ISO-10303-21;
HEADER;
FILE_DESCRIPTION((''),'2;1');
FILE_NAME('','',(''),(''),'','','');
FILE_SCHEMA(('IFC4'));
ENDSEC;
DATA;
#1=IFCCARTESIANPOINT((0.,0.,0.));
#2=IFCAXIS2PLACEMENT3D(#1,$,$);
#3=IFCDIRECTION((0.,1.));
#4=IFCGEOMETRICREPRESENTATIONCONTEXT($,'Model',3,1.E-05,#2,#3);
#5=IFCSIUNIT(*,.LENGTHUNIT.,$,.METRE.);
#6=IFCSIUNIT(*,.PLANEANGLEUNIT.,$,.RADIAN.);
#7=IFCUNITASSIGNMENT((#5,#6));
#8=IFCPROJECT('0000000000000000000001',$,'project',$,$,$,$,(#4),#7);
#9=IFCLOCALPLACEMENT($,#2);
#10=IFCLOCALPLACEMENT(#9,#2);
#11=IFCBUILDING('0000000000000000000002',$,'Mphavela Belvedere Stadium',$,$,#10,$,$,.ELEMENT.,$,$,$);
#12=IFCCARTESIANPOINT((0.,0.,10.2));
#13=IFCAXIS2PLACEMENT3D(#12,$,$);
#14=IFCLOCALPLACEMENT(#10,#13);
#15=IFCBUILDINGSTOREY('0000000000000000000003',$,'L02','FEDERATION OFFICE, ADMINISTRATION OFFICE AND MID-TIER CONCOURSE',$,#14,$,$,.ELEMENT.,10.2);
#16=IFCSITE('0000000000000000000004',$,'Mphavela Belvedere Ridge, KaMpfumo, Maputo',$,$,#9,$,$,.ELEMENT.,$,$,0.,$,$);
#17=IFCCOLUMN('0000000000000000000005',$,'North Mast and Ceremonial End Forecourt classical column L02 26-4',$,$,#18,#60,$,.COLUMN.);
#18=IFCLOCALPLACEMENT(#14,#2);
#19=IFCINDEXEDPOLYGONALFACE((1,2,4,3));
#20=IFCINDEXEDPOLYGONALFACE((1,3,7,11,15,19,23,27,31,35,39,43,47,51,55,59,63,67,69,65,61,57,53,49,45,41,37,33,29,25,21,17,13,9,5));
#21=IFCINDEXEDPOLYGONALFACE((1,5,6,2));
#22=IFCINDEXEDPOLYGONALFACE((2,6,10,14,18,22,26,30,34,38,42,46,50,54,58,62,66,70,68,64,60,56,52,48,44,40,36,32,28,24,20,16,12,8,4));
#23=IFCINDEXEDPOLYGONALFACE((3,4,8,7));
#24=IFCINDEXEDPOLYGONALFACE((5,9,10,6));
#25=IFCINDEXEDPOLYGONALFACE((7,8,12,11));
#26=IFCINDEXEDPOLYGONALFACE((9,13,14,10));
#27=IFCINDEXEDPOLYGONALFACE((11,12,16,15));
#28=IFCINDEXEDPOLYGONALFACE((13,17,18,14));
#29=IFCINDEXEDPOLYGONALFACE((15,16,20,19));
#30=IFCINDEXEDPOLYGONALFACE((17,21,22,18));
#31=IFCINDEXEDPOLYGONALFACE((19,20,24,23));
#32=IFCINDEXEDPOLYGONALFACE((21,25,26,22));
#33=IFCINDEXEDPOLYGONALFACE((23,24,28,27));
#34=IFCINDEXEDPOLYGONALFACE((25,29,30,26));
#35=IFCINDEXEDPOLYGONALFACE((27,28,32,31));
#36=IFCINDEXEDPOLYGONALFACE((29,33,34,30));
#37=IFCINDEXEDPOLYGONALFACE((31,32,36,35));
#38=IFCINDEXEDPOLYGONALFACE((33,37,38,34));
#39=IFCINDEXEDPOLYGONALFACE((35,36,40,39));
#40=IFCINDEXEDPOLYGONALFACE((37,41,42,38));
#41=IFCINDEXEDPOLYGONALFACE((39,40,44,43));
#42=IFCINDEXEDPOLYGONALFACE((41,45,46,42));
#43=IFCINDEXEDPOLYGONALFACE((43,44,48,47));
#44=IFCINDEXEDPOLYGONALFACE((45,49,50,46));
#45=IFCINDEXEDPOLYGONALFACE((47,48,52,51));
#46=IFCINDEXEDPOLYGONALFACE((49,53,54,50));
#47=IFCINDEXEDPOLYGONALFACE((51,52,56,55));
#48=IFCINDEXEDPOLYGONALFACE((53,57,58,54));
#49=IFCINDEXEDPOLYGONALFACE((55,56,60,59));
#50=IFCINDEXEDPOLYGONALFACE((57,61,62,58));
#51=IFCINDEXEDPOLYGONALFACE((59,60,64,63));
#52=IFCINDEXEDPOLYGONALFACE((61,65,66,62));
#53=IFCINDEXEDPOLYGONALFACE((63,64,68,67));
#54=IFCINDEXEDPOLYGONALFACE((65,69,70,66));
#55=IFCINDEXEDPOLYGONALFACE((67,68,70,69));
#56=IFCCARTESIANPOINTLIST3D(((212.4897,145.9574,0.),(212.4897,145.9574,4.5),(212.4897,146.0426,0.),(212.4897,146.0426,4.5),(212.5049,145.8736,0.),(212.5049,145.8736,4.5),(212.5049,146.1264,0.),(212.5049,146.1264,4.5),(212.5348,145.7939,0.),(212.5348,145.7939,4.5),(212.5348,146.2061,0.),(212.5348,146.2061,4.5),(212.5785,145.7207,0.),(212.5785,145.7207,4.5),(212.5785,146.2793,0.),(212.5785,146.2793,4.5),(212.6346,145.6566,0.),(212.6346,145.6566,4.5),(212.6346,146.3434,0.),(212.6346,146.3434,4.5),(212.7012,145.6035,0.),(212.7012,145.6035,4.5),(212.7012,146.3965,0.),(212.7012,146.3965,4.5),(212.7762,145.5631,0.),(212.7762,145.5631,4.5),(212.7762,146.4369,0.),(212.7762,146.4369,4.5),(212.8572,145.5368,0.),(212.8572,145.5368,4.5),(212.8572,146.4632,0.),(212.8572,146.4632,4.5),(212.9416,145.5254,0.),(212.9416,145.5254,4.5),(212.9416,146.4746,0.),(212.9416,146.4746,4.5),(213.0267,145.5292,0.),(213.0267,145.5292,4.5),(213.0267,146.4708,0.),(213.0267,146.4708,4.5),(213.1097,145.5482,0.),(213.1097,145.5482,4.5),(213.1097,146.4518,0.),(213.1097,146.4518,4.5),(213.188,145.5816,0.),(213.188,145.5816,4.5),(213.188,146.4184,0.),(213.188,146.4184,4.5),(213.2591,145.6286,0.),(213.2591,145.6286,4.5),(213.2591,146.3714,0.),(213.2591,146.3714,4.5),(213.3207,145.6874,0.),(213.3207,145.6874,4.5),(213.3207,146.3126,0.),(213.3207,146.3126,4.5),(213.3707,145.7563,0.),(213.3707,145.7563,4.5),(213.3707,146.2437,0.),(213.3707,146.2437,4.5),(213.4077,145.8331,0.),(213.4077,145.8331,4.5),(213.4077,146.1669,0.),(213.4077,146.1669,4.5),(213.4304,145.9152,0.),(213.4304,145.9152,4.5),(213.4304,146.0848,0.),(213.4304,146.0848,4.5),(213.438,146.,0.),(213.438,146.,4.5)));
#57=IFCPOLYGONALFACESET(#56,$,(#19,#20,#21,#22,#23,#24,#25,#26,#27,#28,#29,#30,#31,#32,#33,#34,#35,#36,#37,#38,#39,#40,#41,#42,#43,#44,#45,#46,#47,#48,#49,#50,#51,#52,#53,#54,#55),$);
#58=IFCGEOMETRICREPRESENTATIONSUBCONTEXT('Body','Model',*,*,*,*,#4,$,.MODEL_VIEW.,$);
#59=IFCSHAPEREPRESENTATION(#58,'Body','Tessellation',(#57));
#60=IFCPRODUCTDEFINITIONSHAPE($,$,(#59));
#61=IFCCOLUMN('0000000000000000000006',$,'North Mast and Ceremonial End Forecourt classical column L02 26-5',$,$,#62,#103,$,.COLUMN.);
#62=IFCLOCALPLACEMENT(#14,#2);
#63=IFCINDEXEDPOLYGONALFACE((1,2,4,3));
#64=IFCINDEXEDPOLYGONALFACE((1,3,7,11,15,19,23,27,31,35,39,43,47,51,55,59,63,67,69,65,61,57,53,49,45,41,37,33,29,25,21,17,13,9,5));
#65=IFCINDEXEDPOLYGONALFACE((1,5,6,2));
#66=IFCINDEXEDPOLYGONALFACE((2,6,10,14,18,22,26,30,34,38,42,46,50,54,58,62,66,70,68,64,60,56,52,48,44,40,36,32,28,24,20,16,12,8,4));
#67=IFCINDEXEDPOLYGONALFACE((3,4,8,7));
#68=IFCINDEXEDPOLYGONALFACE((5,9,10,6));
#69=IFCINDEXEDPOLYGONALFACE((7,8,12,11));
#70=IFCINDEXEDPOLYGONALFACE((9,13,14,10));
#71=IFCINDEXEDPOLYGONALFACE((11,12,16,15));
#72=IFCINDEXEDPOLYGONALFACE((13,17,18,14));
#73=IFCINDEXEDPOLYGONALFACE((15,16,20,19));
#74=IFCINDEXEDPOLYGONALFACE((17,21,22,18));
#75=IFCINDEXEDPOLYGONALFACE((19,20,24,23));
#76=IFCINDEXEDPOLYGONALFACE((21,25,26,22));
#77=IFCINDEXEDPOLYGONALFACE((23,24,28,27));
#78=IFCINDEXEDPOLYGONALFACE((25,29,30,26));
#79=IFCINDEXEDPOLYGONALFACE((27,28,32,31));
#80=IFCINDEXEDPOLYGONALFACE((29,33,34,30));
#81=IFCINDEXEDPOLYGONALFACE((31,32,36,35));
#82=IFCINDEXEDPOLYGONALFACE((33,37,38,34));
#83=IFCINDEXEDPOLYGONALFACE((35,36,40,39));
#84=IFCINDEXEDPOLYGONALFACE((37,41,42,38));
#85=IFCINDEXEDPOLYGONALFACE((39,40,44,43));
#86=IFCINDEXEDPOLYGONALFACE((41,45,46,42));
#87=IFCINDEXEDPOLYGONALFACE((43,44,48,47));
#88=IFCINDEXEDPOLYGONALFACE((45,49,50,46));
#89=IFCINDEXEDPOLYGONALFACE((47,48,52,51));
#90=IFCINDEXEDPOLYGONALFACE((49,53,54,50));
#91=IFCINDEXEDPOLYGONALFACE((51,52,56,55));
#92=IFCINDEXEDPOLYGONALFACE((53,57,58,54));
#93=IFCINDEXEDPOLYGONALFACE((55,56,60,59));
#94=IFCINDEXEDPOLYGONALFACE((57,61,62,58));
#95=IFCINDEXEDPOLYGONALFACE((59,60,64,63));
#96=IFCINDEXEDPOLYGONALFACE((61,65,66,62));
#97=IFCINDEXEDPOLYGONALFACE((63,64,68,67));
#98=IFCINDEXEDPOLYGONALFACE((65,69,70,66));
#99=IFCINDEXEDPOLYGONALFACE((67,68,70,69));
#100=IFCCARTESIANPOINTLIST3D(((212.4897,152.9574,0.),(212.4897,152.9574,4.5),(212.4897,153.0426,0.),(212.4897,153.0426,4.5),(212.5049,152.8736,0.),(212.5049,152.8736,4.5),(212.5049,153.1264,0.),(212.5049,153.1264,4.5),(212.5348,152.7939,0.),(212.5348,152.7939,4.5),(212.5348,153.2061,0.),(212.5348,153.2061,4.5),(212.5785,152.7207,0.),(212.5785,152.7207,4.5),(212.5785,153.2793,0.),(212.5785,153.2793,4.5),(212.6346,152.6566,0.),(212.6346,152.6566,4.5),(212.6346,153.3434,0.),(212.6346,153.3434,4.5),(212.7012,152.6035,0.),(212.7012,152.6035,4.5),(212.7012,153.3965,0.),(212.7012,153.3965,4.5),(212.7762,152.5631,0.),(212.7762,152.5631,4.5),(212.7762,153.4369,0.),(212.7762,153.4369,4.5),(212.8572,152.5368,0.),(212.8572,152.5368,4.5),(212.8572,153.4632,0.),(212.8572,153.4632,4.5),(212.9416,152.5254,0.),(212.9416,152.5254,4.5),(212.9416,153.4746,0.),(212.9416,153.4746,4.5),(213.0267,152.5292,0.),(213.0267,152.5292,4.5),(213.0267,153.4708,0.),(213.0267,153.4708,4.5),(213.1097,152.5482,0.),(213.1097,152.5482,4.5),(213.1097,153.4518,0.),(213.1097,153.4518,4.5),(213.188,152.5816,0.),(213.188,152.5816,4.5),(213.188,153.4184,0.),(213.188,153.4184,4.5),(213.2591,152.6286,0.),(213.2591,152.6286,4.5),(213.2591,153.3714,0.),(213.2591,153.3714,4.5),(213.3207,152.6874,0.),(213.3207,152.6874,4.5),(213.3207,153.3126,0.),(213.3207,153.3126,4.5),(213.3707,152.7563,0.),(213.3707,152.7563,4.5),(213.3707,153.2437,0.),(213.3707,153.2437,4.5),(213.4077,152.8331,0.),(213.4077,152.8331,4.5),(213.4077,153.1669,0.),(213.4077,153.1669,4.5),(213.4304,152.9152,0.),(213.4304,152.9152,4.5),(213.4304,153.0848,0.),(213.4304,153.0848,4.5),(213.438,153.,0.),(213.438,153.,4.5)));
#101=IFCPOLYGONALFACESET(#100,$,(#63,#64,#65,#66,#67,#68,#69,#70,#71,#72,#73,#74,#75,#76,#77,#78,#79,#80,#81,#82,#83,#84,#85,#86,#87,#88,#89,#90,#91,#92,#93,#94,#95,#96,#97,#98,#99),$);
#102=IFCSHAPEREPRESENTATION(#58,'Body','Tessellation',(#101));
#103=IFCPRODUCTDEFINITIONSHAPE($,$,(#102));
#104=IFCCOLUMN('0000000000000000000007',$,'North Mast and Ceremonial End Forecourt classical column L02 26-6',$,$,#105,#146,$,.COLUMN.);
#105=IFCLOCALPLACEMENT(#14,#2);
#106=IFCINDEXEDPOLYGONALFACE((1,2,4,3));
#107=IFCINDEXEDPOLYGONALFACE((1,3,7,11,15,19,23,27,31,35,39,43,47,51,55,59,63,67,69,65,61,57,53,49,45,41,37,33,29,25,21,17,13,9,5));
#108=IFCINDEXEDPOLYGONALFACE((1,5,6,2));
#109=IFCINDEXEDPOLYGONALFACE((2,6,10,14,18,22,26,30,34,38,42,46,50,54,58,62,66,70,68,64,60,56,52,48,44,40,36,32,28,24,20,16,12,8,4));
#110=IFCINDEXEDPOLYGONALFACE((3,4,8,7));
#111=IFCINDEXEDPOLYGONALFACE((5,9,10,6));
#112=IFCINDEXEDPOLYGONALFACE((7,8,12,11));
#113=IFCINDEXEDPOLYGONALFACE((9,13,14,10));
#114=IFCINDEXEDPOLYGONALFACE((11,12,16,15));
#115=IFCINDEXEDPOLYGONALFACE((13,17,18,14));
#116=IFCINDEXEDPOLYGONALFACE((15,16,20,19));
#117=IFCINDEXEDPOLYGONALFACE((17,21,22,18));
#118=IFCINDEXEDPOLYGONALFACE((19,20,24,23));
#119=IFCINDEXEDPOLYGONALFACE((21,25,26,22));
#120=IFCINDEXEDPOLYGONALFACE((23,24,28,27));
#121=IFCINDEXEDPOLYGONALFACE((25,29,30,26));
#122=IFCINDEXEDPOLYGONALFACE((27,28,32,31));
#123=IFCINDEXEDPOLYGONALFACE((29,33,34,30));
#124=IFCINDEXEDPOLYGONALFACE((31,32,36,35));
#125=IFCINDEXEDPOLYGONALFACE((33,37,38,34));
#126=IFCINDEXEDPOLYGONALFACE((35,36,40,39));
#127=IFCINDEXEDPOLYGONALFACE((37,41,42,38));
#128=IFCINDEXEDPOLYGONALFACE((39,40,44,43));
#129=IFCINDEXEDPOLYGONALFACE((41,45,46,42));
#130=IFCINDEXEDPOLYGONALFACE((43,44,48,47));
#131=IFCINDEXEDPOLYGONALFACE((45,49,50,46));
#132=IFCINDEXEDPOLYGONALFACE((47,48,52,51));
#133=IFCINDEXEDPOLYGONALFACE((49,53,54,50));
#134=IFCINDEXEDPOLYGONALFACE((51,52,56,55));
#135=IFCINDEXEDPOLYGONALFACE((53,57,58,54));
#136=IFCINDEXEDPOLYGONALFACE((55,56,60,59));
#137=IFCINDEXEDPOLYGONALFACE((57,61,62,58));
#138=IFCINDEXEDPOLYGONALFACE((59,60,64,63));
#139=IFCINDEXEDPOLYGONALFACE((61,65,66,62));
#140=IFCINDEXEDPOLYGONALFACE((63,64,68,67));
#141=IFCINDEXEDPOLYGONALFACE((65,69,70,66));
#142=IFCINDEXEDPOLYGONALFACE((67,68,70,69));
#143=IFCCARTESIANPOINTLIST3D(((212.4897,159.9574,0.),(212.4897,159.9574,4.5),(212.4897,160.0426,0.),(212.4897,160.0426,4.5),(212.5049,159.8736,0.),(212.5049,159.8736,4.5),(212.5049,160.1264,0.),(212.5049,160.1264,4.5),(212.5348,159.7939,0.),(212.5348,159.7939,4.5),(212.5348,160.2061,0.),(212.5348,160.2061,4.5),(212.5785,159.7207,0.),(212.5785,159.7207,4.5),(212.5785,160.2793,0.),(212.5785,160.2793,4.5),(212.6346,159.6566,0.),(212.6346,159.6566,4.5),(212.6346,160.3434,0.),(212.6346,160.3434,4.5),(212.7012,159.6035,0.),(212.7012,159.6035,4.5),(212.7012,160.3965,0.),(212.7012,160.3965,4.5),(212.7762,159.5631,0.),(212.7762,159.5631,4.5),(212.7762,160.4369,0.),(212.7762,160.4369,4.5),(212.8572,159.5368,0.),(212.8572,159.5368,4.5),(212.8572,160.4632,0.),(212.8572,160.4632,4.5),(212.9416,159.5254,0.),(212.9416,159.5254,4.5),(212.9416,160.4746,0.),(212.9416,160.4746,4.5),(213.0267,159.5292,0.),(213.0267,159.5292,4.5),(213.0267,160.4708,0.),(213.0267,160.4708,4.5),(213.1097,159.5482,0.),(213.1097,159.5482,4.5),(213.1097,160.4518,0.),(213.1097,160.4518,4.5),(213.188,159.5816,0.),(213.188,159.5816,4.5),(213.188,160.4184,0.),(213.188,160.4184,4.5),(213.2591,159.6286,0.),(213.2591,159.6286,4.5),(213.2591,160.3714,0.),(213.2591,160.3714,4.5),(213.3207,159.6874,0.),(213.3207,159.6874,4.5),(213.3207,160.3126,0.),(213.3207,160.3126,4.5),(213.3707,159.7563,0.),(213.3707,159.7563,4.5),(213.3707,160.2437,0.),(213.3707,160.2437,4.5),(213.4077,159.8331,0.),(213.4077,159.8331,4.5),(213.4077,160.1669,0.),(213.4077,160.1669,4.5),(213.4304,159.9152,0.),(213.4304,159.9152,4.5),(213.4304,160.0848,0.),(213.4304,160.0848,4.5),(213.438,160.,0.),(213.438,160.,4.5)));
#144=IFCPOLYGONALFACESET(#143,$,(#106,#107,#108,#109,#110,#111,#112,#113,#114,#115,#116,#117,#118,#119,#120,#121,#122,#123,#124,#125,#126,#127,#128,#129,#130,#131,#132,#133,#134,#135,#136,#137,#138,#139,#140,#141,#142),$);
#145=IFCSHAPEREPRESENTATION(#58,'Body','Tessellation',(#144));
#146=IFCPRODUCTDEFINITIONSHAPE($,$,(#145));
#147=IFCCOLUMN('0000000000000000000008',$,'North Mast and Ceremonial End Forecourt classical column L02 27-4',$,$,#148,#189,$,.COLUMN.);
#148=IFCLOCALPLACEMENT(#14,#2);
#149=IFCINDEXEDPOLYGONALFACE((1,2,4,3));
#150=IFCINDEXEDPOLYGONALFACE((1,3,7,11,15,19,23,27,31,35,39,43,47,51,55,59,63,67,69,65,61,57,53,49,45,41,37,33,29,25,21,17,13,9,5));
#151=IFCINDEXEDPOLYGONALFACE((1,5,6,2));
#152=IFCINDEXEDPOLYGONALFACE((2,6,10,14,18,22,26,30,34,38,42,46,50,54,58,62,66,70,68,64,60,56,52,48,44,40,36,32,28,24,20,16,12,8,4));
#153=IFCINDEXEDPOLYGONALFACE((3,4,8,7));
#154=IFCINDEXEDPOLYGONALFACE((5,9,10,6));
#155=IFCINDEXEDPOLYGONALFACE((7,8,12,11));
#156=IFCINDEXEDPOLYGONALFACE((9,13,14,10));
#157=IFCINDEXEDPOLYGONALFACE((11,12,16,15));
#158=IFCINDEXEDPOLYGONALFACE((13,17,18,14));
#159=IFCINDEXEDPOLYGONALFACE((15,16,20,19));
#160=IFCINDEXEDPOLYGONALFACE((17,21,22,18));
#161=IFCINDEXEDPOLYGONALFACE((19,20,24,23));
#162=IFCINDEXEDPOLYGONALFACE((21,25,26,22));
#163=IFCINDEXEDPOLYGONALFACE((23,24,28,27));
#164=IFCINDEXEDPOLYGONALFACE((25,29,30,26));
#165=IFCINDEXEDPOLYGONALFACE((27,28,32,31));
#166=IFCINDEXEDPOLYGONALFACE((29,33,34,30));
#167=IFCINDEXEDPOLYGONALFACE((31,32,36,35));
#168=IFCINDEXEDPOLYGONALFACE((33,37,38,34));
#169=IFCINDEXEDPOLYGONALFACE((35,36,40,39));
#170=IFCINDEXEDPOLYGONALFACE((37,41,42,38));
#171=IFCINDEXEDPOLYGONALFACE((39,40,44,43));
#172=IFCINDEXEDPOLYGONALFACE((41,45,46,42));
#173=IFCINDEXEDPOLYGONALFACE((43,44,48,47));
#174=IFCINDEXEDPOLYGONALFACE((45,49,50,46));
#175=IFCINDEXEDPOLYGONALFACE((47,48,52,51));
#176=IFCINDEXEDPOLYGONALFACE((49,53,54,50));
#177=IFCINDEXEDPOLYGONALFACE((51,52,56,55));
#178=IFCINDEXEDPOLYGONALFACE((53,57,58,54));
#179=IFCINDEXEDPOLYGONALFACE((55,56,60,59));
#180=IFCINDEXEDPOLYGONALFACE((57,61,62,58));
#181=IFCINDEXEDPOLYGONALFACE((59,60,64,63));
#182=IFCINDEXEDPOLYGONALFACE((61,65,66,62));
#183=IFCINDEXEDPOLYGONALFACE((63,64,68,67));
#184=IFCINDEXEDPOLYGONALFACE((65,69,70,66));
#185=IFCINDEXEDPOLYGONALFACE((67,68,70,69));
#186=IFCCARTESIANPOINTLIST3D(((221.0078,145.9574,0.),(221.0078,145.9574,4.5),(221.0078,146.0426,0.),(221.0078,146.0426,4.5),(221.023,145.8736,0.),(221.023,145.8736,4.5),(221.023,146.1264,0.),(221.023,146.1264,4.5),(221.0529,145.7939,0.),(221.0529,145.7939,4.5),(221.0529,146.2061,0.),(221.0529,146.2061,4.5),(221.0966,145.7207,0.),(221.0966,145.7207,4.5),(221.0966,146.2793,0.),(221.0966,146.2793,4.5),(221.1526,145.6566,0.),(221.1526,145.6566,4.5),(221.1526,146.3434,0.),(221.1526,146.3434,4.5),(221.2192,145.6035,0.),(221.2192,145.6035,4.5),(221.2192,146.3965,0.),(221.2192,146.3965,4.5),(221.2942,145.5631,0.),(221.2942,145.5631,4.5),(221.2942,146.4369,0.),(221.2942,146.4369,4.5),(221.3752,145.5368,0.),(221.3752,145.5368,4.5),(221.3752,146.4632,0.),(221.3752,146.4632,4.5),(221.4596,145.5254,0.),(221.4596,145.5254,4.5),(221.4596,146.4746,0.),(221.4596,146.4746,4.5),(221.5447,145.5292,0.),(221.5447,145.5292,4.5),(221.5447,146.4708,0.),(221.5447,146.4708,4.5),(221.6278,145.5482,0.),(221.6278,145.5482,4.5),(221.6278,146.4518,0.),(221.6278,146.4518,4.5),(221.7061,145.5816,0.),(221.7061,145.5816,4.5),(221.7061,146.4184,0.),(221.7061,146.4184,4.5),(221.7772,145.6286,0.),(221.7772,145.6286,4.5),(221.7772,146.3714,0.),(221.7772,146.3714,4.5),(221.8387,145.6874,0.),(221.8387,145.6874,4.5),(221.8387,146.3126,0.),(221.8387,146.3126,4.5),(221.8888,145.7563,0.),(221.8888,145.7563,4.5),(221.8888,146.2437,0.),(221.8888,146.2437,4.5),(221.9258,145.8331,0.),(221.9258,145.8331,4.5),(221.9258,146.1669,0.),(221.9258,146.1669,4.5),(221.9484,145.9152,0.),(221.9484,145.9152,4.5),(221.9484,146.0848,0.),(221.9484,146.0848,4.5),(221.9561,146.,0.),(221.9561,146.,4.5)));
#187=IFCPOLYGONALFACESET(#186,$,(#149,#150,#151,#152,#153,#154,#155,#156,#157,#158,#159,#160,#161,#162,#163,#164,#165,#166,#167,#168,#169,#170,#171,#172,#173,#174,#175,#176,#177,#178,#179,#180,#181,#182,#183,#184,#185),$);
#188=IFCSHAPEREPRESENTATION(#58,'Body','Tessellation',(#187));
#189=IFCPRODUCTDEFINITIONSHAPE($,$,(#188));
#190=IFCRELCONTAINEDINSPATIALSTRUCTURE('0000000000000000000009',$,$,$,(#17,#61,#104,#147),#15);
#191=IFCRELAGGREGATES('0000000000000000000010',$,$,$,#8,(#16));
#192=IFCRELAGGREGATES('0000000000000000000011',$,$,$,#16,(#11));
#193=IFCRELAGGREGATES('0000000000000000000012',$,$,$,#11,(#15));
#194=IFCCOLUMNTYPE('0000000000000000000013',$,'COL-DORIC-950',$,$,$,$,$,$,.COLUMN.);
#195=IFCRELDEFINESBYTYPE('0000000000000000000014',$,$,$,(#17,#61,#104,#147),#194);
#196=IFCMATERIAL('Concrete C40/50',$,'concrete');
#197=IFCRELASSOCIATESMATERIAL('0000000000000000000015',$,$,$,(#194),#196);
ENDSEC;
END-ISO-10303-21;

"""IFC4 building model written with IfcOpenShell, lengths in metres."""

from ifc_helpers import new_model, si_unit, direction, frame, origin, origin_2d, place, context, subcontext, project, spatial, circle, extrude, material, material_profile, profile_set, type_object, element, save


model = new_model("IFC4")

# Units and contexts
model_context = context("Model", 3, precision=1e-05, world=origin(), true_north=direction((0.0, 1.0)))
body_context = subcontext(model_context, "Body", "Model", "MODEL_VIEW")
ifc_project = project(units=[si_unit("LENGTHUNIT", "METRE"), si_unit("PLANEANGLEUNIT", "RADIAN")], contexts=[model_context])

# Site, building, storey
site_placement = place(None, origin())
site = spatial("IfcSite", under=ifc_project, at=site_placement, Name="Mphavela Belvedere Ridge, KaMpfumo, Maputo", CompositionType="ELEMENT", RefElevation=0.0)
building_placement = place(site_placement, origin())
building = spatial("IfcBuilding", under=site, at=building_placement, Name="Mphavela Belvedere Stadium", CompositionType="ELEMENT")
storey_placement = place(building_placement, frame((0.0, 0.0, 10.2)))
storey = spatial("IfcBuildingStorey", under=building, at=storey_placement, Name="L02", Description="FEDERATION OFFICE, ADMINISTRATION OFFICE AND MID-TIER CONCOURSE", CompositionType="ELEMENT", Elevation=10.2)

# Columns
ifc_material_1 = material(Name="Concrete C40/50", Category="concrete")
ifc_material_profile_1 = material_profile(ifc_material_1, circle(Radius=0.4751, at=origin_2d()), Name="COL D950")
ifc_profile_set_1 = profile_set([ifc_material_profile_1], Name="Concrete C40/50")
column_type = type_object("IfcColumnType", Name="COL-DORIC-950", PredefinedType="COLUMN", material=ifc_profile_set_1)
for number, where, z_axis, x_axis, name in (
    (1, (212.9629, 146.0, 0.0), (0.0, 0.0, 1.0), (1.0, 0.0, 0.0), "North Mast and Ceremonial End Forecourt classical column L02 26-4"),
    (2, (212.9629, 153.0, 0.0), (0.0, 0.0, 1.0), (1.0, 0.0, 0.0), "North Mast and Ceremonial End Forecourt classical column L02 26-5"),
    (3, (212.9629, 160.0, 0.0), (0.0, 0.0, 1.0), (1.0, 0.0, 0.0), "North Mast and Ceremonial End Forecourt classical column L02 26-6"),
    (4, (221.481, 146.0, 0.0), (0.0, 0.0, 1.0), (1.0, 0.0, 0.0), "North Mast and Ceremonial End Forecourt classical column L02 27-4"),
):
    element("IfcColumn", number, at=place(storey_placement, frame(where, z_axis=z_axis, x_axis=x_axis)), inside=storey, type_object=column_type, Name=name, PredefinedType="COLUMN", context=body_context, shape_type="SweptSolid", body=[
        extrude(circle(Radius=0.4751, at=origin_2d()), origin(), (0.0, 0.0, 1.0), 4.5),
    ])

save(model, "model.ifc")
